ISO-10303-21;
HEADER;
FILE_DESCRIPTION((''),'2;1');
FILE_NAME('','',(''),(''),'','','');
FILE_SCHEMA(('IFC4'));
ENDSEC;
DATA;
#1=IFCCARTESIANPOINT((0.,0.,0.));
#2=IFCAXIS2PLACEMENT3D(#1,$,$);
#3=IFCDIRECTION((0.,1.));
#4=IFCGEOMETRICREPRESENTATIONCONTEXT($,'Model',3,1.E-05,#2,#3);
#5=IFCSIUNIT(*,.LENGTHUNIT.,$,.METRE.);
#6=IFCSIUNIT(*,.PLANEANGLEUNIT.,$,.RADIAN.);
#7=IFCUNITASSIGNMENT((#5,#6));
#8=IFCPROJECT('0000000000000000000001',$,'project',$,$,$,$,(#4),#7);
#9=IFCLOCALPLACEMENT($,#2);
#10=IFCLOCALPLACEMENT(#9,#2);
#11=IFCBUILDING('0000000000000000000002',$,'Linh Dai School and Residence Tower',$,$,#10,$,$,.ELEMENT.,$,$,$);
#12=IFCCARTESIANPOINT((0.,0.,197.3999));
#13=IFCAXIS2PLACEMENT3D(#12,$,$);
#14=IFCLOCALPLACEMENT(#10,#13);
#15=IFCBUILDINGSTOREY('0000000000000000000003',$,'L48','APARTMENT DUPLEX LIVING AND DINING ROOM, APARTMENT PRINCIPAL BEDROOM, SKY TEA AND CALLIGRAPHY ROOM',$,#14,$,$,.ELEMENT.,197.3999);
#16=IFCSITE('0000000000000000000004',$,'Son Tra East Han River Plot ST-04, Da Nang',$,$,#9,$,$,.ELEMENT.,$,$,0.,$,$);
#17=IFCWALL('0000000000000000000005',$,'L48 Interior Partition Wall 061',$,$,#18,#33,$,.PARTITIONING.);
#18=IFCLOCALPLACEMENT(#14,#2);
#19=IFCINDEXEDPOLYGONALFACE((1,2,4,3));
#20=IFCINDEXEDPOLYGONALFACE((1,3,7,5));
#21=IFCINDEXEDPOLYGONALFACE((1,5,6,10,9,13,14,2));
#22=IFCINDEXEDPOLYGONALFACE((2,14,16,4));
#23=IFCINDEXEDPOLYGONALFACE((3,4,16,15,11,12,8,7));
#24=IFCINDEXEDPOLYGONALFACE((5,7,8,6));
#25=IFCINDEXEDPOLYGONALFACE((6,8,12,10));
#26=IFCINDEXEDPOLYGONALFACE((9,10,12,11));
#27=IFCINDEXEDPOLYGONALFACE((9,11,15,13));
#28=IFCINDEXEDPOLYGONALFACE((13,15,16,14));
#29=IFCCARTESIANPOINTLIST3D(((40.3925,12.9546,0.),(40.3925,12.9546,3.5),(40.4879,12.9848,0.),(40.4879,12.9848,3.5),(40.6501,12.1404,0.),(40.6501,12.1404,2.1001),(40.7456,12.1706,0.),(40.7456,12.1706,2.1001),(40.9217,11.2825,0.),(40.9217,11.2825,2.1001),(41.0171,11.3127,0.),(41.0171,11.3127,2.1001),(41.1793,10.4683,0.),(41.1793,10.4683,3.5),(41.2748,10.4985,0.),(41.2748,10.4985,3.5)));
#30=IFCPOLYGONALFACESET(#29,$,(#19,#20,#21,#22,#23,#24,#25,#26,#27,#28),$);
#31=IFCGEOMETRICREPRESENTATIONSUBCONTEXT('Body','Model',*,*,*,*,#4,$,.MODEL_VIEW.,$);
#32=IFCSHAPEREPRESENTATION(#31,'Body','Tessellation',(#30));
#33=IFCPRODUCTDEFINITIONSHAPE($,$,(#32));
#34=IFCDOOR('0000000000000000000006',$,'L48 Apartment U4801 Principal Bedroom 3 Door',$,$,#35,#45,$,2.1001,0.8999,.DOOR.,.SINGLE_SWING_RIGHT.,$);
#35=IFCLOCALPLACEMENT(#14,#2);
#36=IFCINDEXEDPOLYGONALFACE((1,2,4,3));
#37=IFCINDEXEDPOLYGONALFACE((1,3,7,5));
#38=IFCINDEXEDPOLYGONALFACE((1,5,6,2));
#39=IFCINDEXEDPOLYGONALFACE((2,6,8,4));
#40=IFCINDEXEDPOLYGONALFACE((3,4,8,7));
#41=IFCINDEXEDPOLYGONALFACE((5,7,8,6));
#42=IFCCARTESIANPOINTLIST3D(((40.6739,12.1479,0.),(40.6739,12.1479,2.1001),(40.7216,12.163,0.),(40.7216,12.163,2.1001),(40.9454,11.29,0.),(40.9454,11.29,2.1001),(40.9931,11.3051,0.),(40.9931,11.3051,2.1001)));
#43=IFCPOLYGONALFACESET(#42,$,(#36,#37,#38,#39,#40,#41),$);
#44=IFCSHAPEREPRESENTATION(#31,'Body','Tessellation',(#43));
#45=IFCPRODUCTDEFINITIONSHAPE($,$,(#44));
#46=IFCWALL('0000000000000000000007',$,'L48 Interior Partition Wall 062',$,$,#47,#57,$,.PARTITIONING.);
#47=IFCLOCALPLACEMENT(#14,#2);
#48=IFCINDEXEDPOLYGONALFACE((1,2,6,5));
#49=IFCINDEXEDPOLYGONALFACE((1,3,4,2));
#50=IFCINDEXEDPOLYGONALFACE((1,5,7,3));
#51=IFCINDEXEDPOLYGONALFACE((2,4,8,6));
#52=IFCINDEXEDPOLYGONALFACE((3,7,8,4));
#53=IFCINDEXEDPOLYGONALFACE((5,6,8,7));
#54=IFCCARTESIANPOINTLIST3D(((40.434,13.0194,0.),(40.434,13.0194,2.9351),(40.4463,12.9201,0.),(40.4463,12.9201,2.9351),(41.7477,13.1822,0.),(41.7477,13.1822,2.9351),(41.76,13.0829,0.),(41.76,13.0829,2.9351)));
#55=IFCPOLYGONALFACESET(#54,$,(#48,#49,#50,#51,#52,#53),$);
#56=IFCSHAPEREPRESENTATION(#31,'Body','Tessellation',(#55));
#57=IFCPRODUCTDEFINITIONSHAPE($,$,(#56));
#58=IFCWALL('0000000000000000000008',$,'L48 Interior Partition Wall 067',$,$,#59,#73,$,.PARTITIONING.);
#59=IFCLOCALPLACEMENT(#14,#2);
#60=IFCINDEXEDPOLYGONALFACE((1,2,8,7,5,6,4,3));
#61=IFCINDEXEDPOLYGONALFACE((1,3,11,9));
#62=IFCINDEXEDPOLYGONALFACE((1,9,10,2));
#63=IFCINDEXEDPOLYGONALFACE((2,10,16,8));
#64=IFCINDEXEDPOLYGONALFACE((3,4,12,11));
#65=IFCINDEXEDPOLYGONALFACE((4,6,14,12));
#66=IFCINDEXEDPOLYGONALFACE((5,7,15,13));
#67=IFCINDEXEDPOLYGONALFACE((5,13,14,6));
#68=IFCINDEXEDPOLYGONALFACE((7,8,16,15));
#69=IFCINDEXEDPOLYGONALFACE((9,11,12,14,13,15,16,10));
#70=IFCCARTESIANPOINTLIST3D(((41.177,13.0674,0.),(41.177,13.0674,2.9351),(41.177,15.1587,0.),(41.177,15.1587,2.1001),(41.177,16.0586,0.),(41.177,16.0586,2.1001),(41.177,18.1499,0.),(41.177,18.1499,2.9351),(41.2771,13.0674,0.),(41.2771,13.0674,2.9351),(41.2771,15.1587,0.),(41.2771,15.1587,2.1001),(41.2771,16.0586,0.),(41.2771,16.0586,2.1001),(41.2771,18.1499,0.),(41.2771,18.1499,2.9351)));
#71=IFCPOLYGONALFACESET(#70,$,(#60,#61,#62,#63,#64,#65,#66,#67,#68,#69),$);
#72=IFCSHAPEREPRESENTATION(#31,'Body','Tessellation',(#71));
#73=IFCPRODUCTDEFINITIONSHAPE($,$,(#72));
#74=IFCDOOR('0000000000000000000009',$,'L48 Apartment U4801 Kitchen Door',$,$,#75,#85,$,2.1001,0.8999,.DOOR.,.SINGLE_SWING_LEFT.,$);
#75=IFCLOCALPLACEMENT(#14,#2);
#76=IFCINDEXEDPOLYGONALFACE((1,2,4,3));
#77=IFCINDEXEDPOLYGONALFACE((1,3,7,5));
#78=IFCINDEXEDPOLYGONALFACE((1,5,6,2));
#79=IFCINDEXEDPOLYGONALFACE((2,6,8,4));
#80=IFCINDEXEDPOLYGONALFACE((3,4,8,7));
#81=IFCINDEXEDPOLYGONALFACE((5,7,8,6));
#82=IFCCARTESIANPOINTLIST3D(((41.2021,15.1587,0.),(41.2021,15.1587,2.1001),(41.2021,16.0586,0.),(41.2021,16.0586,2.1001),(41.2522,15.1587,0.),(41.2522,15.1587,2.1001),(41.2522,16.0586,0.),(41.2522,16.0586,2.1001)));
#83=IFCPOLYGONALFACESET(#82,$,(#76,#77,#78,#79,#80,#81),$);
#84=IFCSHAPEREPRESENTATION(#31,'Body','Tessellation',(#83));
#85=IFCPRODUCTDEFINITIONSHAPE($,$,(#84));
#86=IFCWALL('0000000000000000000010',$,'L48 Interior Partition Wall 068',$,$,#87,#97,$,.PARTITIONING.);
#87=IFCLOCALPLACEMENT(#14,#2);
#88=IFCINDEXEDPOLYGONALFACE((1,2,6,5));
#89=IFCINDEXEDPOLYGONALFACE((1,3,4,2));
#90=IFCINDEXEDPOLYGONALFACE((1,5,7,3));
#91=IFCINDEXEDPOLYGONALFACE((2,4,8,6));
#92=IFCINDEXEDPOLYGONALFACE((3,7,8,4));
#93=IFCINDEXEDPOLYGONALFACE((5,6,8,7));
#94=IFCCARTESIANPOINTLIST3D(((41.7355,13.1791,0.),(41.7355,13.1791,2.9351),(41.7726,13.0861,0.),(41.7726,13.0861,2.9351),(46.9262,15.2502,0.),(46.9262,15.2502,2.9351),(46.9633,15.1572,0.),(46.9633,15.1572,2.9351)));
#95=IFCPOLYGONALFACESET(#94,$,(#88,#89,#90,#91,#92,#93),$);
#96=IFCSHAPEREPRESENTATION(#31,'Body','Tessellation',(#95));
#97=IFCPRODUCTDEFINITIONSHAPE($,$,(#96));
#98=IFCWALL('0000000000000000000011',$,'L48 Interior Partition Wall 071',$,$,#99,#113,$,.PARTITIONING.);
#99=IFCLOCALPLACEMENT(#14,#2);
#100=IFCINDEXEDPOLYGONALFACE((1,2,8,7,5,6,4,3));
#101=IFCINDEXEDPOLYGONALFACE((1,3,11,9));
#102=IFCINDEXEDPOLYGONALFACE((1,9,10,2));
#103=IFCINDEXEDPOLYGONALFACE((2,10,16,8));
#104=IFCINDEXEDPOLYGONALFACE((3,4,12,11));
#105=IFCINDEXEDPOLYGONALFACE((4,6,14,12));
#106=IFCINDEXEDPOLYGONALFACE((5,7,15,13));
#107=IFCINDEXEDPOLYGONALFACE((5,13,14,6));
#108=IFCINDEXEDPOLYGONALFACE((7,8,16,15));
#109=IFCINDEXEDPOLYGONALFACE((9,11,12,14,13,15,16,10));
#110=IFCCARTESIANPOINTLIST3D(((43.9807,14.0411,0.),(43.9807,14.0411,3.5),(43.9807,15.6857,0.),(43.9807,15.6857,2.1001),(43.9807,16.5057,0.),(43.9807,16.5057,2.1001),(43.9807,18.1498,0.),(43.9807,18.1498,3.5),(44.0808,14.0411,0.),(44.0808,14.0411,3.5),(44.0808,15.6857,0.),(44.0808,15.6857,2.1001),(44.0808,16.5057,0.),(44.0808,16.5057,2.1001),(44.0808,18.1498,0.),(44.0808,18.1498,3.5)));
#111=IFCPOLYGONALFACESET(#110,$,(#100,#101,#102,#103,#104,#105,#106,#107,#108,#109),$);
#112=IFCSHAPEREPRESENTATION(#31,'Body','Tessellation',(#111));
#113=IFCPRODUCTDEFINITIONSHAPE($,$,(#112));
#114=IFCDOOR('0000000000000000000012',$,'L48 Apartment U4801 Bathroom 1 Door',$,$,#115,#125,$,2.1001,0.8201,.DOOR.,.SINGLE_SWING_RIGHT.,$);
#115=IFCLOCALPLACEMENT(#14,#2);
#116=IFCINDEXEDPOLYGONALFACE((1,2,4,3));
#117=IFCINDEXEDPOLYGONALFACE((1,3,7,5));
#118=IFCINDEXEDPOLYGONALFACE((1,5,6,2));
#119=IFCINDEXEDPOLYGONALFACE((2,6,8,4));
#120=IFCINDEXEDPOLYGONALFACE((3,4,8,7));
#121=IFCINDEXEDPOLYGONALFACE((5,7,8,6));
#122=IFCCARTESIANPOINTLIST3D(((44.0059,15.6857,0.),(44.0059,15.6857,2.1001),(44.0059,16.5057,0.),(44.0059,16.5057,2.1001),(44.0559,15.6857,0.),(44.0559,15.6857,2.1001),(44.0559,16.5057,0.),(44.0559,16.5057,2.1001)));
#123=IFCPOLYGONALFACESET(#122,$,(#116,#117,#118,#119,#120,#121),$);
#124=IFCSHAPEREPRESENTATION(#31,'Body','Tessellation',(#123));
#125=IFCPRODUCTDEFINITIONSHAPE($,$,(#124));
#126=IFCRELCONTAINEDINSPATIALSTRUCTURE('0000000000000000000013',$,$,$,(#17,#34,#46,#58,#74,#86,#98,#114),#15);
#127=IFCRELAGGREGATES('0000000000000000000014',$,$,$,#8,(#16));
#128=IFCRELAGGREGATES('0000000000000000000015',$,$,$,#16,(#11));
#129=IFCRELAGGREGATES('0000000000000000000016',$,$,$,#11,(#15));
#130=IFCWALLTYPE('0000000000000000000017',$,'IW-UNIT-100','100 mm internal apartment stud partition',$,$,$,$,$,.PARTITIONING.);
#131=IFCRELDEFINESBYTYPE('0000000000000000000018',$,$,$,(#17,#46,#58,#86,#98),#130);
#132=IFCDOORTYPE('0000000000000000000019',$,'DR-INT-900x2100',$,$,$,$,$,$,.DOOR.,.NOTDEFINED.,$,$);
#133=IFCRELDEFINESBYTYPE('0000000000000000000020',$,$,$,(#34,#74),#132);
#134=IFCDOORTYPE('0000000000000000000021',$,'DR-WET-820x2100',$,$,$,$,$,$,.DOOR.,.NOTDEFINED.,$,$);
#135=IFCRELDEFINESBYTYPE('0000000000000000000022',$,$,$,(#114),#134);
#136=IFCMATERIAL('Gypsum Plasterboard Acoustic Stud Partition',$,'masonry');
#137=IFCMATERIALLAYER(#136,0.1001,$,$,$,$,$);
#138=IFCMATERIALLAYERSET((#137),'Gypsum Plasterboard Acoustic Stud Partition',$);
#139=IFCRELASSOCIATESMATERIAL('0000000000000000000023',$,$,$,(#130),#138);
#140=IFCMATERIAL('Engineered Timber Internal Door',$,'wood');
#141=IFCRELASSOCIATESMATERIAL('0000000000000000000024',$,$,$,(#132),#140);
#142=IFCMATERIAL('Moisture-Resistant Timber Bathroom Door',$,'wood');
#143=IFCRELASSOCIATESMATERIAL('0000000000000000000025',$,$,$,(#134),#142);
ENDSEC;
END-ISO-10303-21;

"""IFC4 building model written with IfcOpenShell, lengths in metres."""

from ifc_helpers import new_model, si_unit, direction, frame, frame_2d, origin, origin_2d, place, context, subcontext, project, spatial, rectangle, extrude, source, transform, mapped, material, layer, layer_set, type_object, element, fill, save


model = new_model("IFC4")

# Units and contexts
model_context = context("Model", 3, precision=1e-05, world=origin(), true_north=direction((0.0, 1.0)))
body_context = subcontext(model_context, "Body", "Model", "MODEL_VIEW")
ifc_project = project(units=[si_unit("LENGTHUNIT", "METRE"), si_unit("PLANEANGLEUNIT", "RADIAN")], contexts=[model_context])

# Site, building, storey
site_placement = place(None, origin())
site = spatial("IfcSite", under=ifc_project, at=site_placement, Name="Son Tra East Han River Plot ST-04, Da Nang", CompositionType="ELEMENT", RefElevation=0.0)
building_placement = place(site_placement, origin())
building = spatial("IfcBuilding", under=site, at=building_placement, Name="Linh Dai School and Residence Tower", CompositionType="ELEMENT")
storey_placement = place(building_placement, frame((0.0, 0.0, 197.3999)))
storey = spatial("IfcBuildingStorey", under=building, at=storey_placement, Name="L48", Description="APARTMENT DUPLEX LIVING AND DINING ROOM, APARTMENT PRINCIPAL BEDROOM, SKY TEA AND CALLIGRAPHY ROOM", CompositionType="ELEMENT", Elevation=197.3999)

# Wall, opening, door
ifc_material_1 = material(Name="Gypsum Plasterboard Acoustic Stud Partition", Category="masonry")
ifc_layer_1 = layer(ifc_material_1, 0.1001)
ifc_layer_set_1 = layer_set([ifc_layer_1], Name="Gypsum Plasterboard Acoustic Stud Partition")
wall_type_1 = type_object("IfcWallType", Name="IW-UNIT-100", Description="100 mm internal apartment stud partition", PredefinedType="PARTITIONING", material=ifc_layer_set_1)
wall_1_placement = place(storey_placement, frame((40.4402, 12.9697, 0.0), z_axis=(0.0, 0.0, 1.0), x_axis=(0.301727, -0.953394, 0.0)))
wall_1 = element("IfcWall", 1, at=wall_1_placement, inside=storey, type_object=wall_type_1, Name="L48 Interior Partition Wall 061", PredefinedType="PARTITIONING", context=body_context, shape_type="SweptSolid", body=[
    extrude(rectangle(XDim=2.6079, YDim=0.1001, at=frame_2d((1.304, 0.0))), origin(), (0.0, 0.0, 1.0), 3.5),
])
opening_1_placement = place(wall_1_placement, frame((0.854, 0.0, 0.0)))
opening_1 = element("IfcOpeningElement", 2, at=opening_1_placement, cuts=wall_1, PredefinedType="OPENING", context=body_context, shape_type="SweptSolid", body=[
    extrude(rectangle(XDim=0.8999, YDim=2.1001, at=origin_2d()), frame((0.45, 0.0601, 1.05), z_axis=(0.0, -1.0, 0.0), x_axis=(1.0, 0.0, 0.0)), (0.0, 0.0, 1.0), 0.1201),
])
ifc_material_2 = material(Name="Engineered Timber Internal Door", Category="wood")
door_type_1 = type_object("IfcDoorType", Name="DR-INT-900x2100", OperationType="NOTDEFINED", PredefinedType="DOOR", material=ifc_material_2)
shared_shape_1 = source(origin(), body_context, "Body", "SweptSolid", [
    extrude(rectangle(XDim=0.8999, YDim=2.1001, at=origin_2d()), frame((0.45, 0.0249, 1.05), z_axis=(0.0, -1.0, 0.0), x_axis=(1.0, 0.0, 0.0)), (0.0, 0.0, 1.0), 0.05),
])
door_1_placement = place(opening_1_placement, origin())
door_1 = element("IfcDoor", 3, at=door_1_placement, inside=storey, type_object=door_type_1, Name="L48 Apartment U4801 Principal Bedroom 3 Door", OperationType="SINGLE_SWING_RIGHT", OverallHeight=2.1001, OverallWidth=0.8999, PredefinedType="DOOR", context=body_context, shape_type="MappedRepresentation", body=[
    mapped(shared_shape_1, transform((0.0, 0.0, 0.0), x_axis=(1.0, 0.0, 0.0), y_axis=(0.0, 1.0, 0.0), z_axis=(0.0, 0.0, 1.0), scale=1.0)),
])
fill(opening_1, door_1)

# Wall
wall_2_placement = place(storey_placement, frame((40.4402, 12.9697, 0.0), z_axis=(0.0, 0.0, 1.0), x_axis=(0.992405, 0.123013, 0.0)))
element("IfcWall", 4, at=wall_2_placement, inside=storey, type_object=wall_type_1, Name="L48 Interior Partition Wall 062", PredefinedType="PARTITIONING", context=body_context, shape_type="SweptSolid", body=[
    extrude(rectangle(XDim=1.3237, YDim=0.1001, at=frame_2d((0.6619, 0.0))), origin(), (0.0, 0.0, 1.0), 2.9351),
])

# Wall, opening, door
wall_3_placement = place(storey_placement, frame((41.2271, 13.0674, 0.0), z_axis=(0.0, 0.0, 1.0), x_axis=(0.0, 1.0, 0.0)))
wall_3 = element("IfcWall", 5, at=wall_3_placement, inside=storey, type_object=wall_type_1, Name="L48 Interior Partition Wall 067", PredefinedType="PARTITIONING", context=body_context, shape_type="SweptSolid", body=[
    extrude(rectangle(XDim=5.0825, YDim=0.1001, at=frame_2d((2.5413, 0.0))), origin(), (0.0, 0.0, 1.0), 2.9351),
])
opening_2_placement = place(wall_3_placement, frame((2.0913, 0.0, 0.0)))
opening_2 = element("IfcOpeningElement", 6, at=opening_2_placement, cuts=wall_3, PredefinedType="OPENING", context=body_context, shape_type="SweptSolid", body=[
    extrude(rectangle(XDim=0.8999, YDim=2.1001, at=origin_2d()), frame((0.45, 0.0601, 1.05), z_axis=(0.0, -1.0, 0.0), x_axis=(1.0, 0.0, 0.0)), (0.0, 0.0, 1.0), 0.1201),
])
door_2_placement = place(opening_2_placement, origin())
door_2 = element("IfcDoor", 7, at=door_2_placement, inside=storey, type_object=door_type_1, Name="L48 Apartment U4801 Kitchen Door", OperationType="SINGLE_SWING_LEFT", OverallHeight=2.1001, OverallWidth=0.8999, PredefinedType="DOOR", context=body_context, shape_type="MappedRepresentation", body=[
    mapped(shared_shape_1, transform((0.0, 0.0, 0.0), x_axis=(1.0, 0.0, 0.0), y_axis=(0.0, 1.0, 0.0), z_axis=(0.0, 0.0, 1.0), scale=1.0)),
])
fill(opening_2, door_2)

# Wall
wall_4_placement = place(storey_placement, frame((41.7539, 13.1326, 0.0), z_axis=(0.0, 0.0, 1.0), x_axis=(0.928799, 0.370585, 0.0)))
element("IfcWall", 8, at=wall_4_placement, inside=storey, type_object=wall_type_1, Name="L48 Interior Partition Wall 068", PredefinedType="PARTITIONING", context=body_context, shape_type="SweptSolid", body=[
    extrude(rectangle(XDim=5.5886, YDim=0.1001, at=frame_2d((2.7944, 0.0))), origin(), (0.0, 0.0, 1.0), 2.9351),
])

# Wall, opening, door
wall_5_placement = place(storey_placement, frame((44.0308, 14.0413, 0.0), z_axis=(0.0, 0.0, 1.0), x_axis=(0.0, 1.0, 0.0)))
wall_5 = element("IfcWall", 9, at=wall_5_placement, inside=storey, type_object=wall_type_1, Name="L48 Interior Partition Wall 071", PredefinedType="PARTITIONING", context=body_context, shape_type="SweptSolid", body=[
    extrude(rectangle(XDim=4.1086, YDim=0.1001, at=frame_2d((2.0542, 0.0))), origin(), (0.0, 0.0, 1.0), 3.5),
])
opening_3_placement = place(wall_5_placement, frame((1.6443, 0.0, 0.0)))
opening_3 = element("IfcOpeningElement", 10, at=opening_3_placement, cuts=wall_5, PredefinedType="OPENING", context=body_context, shape_type="SweptSolid", body=[
    extrude(rectangle(XDim=0.8201, YDim=2.1001, at=origin_2d()), frame((0.4102, 0.0601, 1.05), z_axis=(0.0, -1.0, 0.0), x_axis=(1.0, 0.0, 0.0)), (0.0, 0.0, 1.0), 0.1201),
])
ifc_material_3 = material(Name="Moisture-Resistant Timber Bathroom Door", Category="wood")
door_type_2 = type_object("IfcDoorType", Name="DR-WET-820x2100", OperationType="NOTDEFINED", PredefinedType="DOOR", material=ifc_material_3)
shared_shape_2 = source(origin(), body_context, "Body", "SweptSolid", [
    extrude(rectangle(XDim=0.8201, YDim=2.1001, at=origin_2d()), frame((0.4102, 0.0249, 1.05), z_axis=(0.0, -1.0, 0.0), x_axis=(1.0, 0.0, 0.0)), (0.0, 0.0, 1.0), 0.05),
])
door_3_placement = place(opening_3_placement, origin())
door_3 = element("IfcDoor", 11, at=door_3_placement, inside=storey, type_object=door_type_2, Name="L48 Apartment U4801 Bathroom 1 Door", OperationType="SINGLE_SWING_RIGHT", OverallHeight=2.1001, OverallWidth=0.8201, PredefinedType="DOOR", context=body_context, shape_type="MappedRepresentation", body=[
    mapped(shared_shape_2, transform((0.0, 0.0, 0.0), x_axis=(1.0, 0.0, 0.0), y_axis=(0.0, 1.0, 0.0), z_axis=(0.0, 0.0, 1.0), scale=1.0)),
])
fill(opening_3, door_3)

save(model, "model.ifc")
